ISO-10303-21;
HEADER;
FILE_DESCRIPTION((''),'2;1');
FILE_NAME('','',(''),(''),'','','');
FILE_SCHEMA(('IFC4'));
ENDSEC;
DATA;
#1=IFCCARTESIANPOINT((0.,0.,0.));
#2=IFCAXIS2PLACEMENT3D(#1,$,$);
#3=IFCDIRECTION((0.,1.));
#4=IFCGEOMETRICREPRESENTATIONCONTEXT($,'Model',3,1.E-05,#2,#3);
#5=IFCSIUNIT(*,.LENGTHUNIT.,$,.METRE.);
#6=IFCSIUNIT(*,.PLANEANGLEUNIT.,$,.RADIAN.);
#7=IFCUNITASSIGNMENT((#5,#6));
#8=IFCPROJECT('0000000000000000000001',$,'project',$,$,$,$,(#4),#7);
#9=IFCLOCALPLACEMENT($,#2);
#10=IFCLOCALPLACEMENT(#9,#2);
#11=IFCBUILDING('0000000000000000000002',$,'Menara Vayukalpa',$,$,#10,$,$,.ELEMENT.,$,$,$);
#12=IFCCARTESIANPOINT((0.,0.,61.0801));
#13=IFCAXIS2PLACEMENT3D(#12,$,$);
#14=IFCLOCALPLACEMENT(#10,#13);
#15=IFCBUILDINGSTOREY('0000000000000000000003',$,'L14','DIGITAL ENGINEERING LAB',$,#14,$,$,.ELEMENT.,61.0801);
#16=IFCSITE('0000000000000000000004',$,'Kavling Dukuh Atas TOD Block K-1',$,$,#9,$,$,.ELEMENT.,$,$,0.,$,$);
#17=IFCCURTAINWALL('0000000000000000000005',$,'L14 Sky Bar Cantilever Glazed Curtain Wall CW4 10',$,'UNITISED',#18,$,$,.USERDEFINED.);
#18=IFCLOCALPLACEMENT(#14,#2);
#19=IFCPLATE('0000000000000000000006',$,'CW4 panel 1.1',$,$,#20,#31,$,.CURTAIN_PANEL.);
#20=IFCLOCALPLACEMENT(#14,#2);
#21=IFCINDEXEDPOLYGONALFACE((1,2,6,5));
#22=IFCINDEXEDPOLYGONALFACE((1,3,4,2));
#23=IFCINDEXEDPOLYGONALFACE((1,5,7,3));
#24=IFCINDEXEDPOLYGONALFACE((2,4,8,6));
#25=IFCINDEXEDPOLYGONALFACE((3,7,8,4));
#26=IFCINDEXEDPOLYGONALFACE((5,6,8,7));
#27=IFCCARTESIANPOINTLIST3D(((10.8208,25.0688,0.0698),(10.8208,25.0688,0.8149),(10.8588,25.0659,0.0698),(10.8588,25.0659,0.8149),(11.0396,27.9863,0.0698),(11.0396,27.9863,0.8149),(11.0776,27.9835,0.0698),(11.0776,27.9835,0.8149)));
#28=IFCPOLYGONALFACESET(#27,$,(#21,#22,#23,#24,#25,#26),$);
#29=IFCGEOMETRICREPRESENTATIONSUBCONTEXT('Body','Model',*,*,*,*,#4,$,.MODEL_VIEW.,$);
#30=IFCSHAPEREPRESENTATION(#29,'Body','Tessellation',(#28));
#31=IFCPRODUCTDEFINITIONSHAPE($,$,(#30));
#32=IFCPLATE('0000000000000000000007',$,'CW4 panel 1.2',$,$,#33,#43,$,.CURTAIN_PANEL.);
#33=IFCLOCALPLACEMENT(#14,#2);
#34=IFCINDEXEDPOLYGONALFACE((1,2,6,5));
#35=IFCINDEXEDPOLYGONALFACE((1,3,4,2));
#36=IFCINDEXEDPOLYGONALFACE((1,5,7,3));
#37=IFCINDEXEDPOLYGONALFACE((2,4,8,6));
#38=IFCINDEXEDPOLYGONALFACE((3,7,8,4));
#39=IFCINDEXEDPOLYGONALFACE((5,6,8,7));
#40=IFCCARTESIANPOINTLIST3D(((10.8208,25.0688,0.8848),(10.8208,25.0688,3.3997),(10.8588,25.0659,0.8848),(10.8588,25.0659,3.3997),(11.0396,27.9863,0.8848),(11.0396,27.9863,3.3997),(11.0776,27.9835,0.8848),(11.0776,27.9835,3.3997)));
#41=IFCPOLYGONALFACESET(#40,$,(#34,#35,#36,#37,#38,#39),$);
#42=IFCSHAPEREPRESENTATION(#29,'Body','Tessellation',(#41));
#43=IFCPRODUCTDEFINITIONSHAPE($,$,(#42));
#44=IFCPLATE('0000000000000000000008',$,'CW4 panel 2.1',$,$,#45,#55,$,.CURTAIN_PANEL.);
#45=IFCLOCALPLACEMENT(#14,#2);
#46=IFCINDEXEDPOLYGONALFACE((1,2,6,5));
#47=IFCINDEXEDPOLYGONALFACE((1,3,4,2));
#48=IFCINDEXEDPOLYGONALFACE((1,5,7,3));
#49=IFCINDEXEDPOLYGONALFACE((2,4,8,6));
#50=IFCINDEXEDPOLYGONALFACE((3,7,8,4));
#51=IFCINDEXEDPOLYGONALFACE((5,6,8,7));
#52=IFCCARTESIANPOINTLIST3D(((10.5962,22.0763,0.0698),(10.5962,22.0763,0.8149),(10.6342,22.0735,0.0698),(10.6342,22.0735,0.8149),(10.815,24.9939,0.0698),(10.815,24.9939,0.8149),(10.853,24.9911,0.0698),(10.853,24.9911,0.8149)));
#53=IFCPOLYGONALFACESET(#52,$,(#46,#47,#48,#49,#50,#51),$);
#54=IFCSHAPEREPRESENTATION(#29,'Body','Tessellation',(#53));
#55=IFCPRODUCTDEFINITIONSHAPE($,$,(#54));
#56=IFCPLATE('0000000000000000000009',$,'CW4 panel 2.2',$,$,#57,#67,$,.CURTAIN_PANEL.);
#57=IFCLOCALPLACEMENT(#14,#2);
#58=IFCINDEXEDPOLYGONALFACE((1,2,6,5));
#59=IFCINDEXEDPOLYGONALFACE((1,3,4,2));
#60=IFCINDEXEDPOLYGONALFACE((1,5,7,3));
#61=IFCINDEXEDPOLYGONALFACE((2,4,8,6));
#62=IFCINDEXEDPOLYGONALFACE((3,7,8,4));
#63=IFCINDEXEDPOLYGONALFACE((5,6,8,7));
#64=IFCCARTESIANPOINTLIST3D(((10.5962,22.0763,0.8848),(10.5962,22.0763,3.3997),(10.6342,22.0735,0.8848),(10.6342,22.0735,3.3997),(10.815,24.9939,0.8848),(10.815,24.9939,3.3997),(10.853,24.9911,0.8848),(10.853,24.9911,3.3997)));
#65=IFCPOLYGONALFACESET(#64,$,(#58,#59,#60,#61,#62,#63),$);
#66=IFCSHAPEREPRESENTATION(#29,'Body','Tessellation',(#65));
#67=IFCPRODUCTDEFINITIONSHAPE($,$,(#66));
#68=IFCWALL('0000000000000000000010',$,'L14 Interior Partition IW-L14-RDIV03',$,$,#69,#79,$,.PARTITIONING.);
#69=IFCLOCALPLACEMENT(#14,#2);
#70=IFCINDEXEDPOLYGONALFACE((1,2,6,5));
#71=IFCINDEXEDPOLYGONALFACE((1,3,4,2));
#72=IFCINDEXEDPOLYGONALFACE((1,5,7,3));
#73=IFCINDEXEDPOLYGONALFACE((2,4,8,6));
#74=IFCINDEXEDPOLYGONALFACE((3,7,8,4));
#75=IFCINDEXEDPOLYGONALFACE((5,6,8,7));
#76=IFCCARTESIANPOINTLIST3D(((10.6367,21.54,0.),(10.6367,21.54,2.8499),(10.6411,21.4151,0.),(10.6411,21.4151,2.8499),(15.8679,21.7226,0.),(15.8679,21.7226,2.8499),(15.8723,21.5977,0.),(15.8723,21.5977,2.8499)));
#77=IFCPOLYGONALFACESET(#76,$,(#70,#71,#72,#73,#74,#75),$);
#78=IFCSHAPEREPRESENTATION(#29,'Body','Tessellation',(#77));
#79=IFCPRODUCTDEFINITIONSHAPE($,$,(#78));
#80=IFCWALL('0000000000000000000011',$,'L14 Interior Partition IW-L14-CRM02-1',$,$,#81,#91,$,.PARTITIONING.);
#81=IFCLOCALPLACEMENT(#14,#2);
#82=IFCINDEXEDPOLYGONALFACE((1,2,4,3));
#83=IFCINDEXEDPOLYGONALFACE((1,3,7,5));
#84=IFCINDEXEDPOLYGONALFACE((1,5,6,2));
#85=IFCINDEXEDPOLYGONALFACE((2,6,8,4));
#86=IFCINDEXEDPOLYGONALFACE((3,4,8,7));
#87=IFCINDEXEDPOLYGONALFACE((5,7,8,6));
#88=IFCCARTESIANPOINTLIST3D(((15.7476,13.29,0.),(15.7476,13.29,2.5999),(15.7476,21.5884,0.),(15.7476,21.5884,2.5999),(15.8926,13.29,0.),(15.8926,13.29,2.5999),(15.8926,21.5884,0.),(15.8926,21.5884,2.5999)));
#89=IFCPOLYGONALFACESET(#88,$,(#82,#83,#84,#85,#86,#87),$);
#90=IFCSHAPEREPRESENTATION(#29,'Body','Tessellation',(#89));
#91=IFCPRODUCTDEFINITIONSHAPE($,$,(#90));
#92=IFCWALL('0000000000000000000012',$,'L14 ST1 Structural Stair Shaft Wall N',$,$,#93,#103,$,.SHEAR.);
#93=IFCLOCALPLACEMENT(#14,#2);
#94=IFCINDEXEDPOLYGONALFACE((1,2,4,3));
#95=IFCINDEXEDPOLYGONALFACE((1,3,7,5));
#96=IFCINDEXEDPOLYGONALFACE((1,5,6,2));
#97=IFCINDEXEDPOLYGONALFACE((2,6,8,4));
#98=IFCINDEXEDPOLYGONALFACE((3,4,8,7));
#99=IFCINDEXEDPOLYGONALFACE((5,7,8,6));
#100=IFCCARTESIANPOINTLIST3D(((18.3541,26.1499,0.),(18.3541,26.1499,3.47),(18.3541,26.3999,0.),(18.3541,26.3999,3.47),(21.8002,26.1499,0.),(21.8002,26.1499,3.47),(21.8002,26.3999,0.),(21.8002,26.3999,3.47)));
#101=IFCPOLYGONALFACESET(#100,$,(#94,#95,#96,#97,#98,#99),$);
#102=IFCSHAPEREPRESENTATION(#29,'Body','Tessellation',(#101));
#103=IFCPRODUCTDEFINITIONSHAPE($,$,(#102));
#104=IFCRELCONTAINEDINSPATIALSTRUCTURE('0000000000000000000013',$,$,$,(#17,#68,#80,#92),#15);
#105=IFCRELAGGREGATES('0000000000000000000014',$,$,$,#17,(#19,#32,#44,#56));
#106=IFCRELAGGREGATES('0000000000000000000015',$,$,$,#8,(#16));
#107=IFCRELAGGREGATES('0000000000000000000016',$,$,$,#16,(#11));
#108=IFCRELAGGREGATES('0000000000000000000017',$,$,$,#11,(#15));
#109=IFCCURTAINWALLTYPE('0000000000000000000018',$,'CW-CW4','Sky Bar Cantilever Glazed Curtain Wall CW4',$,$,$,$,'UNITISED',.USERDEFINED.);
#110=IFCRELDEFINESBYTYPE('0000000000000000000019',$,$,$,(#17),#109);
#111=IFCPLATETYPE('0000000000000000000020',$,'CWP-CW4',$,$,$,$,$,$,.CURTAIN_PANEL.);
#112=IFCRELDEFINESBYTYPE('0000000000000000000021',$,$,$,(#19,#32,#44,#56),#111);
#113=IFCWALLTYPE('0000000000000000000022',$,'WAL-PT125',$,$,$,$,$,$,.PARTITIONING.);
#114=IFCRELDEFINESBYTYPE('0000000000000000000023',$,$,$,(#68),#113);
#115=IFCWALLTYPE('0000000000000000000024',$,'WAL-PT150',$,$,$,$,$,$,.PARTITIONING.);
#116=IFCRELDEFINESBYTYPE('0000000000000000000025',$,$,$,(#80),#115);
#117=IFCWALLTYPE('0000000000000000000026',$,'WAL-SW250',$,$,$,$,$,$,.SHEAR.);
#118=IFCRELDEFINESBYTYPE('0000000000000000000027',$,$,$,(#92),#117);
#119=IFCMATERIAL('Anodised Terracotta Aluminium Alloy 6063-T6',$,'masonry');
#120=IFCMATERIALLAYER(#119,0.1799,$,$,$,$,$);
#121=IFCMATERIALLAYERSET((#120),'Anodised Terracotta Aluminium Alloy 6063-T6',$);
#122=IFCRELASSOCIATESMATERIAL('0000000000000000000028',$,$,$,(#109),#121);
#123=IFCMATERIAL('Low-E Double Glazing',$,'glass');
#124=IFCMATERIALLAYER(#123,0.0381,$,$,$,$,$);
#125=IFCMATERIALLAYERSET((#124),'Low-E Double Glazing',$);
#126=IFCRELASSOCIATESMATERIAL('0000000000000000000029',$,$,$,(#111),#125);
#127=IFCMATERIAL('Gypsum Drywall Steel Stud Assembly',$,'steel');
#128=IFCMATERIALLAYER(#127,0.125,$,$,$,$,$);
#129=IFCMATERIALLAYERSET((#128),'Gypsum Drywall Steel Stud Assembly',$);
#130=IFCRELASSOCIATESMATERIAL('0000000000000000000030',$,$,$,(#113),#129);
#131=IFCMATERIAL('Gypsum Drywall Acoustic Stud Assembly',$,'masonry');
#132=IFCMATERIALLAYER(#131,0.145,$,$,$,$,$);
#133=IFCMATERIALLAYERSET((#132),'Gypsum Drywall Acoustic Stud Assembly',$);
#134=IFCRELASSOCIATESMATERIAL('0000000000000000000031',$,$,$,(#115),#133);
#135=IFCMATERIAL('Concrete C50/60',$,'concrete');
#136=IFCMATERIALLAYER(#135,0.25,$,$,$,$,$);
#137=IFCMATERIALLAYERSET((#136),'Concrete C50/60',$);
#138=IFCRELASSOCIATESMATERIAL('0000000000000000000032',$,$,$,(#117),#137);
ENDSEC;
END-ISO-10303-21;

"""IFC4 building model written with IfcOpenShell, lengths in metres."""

from ifc_helpers import new_model, si_unit, direction, frame, frame_2d, origin, origin_2d, place, context, subcontext, project, spatial, rectangle, extrude, material, layer, layer_set, type_object, element, aggregate, save


model = new_model("IFC4")

# Units and contexts
model_context = context("Model", 3, precision=1e-05, world=origin(), true_north=direction((0.0, 1.0)))
body_context = subcontext(model_context, "Body", "Model", "MODEL_VIEW")
ifc_project = project(units=[si_unit("LENGTHUNIT", "METRE"), si_unit("PLANEANGLEUNIT", "RADIAN")], contexts=[model_context])

# Site, building, storey
site_placement = place(None, origin())
site = spatial("IfcSite", under=ifc_project, at=site_placement, Name="Kavling Dukuh Atas TOD Block K-1", CompositionType="ELEMENT", RefElevation=0.0)
building_placement = place(site_placement, origin())
building = spatial("IfcBuilding", under=site, at=building_placement, Name="Menara Vayukalpa", CompositionType="ELEMENT")
storey_placement = place(building_placement, frame((0.0, 0.0, 61.0801)))
storey = spatial("IfcBuildingStorey", under=building, at=storey_placement, Name="L14", Description="DIGITAL ENGINEERING LAB", CompositionType="ELEMENT", Elevation=61.0801)

# Curtain wall
ifc_material_1 = material(Name="Anodised Terracotta Aluminium Alloy 6063-T6", Category="masonry")
ifc_layer_1 = layer(ifc_material_1, 0.1799)
ifc_layer_set_1 = layer_set([ifc_layer_1], Name="Anodised Terracotta Aluminium Alloy 6063-T6")
curtain_wall_type = type_object("IfcCurtainWallType", Name="CW-CW4", Description="Sky Bar Cantilever Glazed Curtain Wall CW4", ElementType="UNITISED", PredefinedType="USERDEFINED", material=ifc_layer_set_1)
curtain_wall_1_placement = place(storey_placement, origin())
curtain_wall_1 = element("IfcCurtainWall", 1, at=curtain_wall_1_placement, inside=storey, type_object=curtain_wall_type, Name="L14 Sky Bar Cantilever Glazed Curtain Wall CW4 10", ObjectType="UNITISED", PredefinedType="USERDEFINED")

# Plates
ifc_material_2 = material(Name="Low-E Double Glazing", Category="glass")
ifc_layer_2 = layer(ifc_material_2, 0.0381)
ifc_layer_set_2 = layer_set([ifc_layer_2], Name="Low-E Double Glazing")
plate_type = type_object("IfcPlateType", Name="CWP-CW4", PredefinedType="CURTAIN_PANEL", material=ifc_layer_set_2)
plate_1_placement = place(storey_placement, frame((10.9492, 26.5261, 0.0698), z_axis=(0.0, 0.0, 1.0), x_axis=(-0.074795, -0.997199, 0.0)))
plate_1 = element("IfcPlate", 2, at=plate_1_placement, type_object=plate_type, Name="CW4 panel 1.1", PredefinedType="CURTAIN_PANEL", context=body_context, shape_type="SweptSolid", body=[
    extrude(rectangle(XDim=2.9258, YDim=0.0381, at=origin_2d()), origin(), (0.0, 0.0, 1.0), 0.7451),
])
plate_2_placement = place(storey_placement, frame((10.9492, 26.5261, 0.8848), z_axis=(0.0, 0.0, 1.0), x_axis=(-0.074795, -0.997199, 0.0)))
plate_2 = element("IfcPlate", 3, at=plate_2_placement, type_object=plate_type, Name="CW4 panel 1.2", PredefinedType="CURTAIN_PANEL", context=body_context, shape_type="SweptSolid", body=[
    extrude(rectangle(XDim=2.9258, YDim=0.0381, at=origin_2d()), origin(), (0.0, 0.0, 1.0), 2.5149),
])
plate_3_placement = place(storey_placement, frame((10.7246, 23.5337, 0.0698), z_axis=(0.0, 0.0, 1.0), x_axis=(-0.074795, -0.997199, 0.0)))
plate_3 = element("IfcPlate", 4, at=plate_3_placement, type_object=plate_type, Name="CW4 panel 2.1", PredefinedType="CURTAIN_PANEL", context=body_context, shape_type="SweptSolid", body=[
    extrude(rectangle(XDim=2.9258, YDim=0.0381, at=origin_2d()), origin(), (0.0, 0.0, 1.0), 0.7451),
])
plate_4_placement = place(storey_placement, frame((10.7246, 23.5337, 0.8848), z_axis=(0.0, 0.0, 1.0), x_axis=(-0.074795, -0.997199, 0.0)))
plate_4 = element("IfcPlate", 5, at=plate_4_placement, type_object=plate_type, Name="CW4 panel 2.2", PredefinedType="CURTAIN_PANEL", context=body_context, shape_type="SweptSolid", body=[
    extrude(rectangle(XDim=2.9258, YDim=0.0381, at=origin_2d()), origin(), (0.0, 0.0, 1.0), 2.5149),
])
aggregate(curtain_wall_1, [plate_1, plate_2, plate_3, plate_4])

# Walls
ifc_material_3 = material(Name="Gypsum Drywall Steel Stud Assembly", Category="steel")
ifc_layer_3 = layer(ifc_material_3, 0.125)
ifc_layer_set_3 = layer_set([ifc_layer_3], Name="Gypsum Drywall Steel Stud Assembly")
wall_type_1 = type_object("IfcWallType", Name="WAL-PT125", PredefinedType="PARTITIONING", material=ifc_layer_set_3)
wall_1_placement = place(storey_placement, frame((15.8701, 21.6602, 0.0), z_axis=(0.0, 0.0, 1.0), x_axis=(-0.999391, -0.034888, 0.0)))
element("IfcWall", 6, at=wall_1_placement, inside=storey, type_object=wall_type_1, Name="L14 Interior Partition IW-L14-RDIV03", PredefinedType="PARTITIONING", context=body_context, shape_type="SweptSolid", body=[
    extrude(rectangle(XDim=5.2344, YDim=0.125, at=frame_2d((2.6172, 0.0))), origin(), (0.0, 0.0, 1.0), 2.8499),
])
ifc_material_4 = material(Name="Gypsum Drywall Acoustic Stud Assembly", Category="masonry")
ifc_layer_4 = layer(ifc_material_4, 0.145)
ifc_layer_set_4 = layer_set([ifc_layer_4], Name="Gypsum Drywall Acoustic Stud Assembly")
wall_type_2 = type_object("IfcWallType", Name="WAL-PT150", PredefinedType="PARTITIONING", material=ifc_layer_set_4)
wall_2_placement = place(storey_placement, frame((15.8201, 21.5884, 0.0), z_axis=(0.0, 0.0, 1.0), x_axis=(0.0, -1.0, 0.0)))
element("IfcWall", 7, at=wall_2_placement, inside=storey, type_object=wall_type_2, Name="L14 Interior Partition IW-L14-CRM02-1", PredefinedType="PARTITIONING", context=body_context, shape_type="SweptSolid", body=[
    extrude(rectangle(XDim=8.2983, YDim=0.145, at=frame_2d((4.1492, 0.0))), origin(), (0.0, 0.0, 1.0), 2.5999),
])
ifc_material_5 = material(Name="Concrete C50/60", Category="concrete")
ifc_layer_5 = layer(ifc_material_5, 0.25)
ifc_layer_set_5 = layer_set([ifc_layer_5], Name="Concrete C50/60")
wall_type_3 = type_object("IfcWallType", Name="WAL-SW250", PredefinedType="SHEAR", material=ifc_layer_set_5)
wall_3_placement = place(storey_placement, frame((18.354, 26.2749, 0.0), z_axis=(0.0, 0.0, 1.0), x_axis=(1.0, 0.0, 0.0)))
element("IfcWall", 8, at=wall_3_placement, inside=storey, type_object=wall_type_3, Name="L14 ST1 Structural Stair Shaft Wall N", PredefinedType="SHEAR", context=body_context, shape_type="SweptSolid", body=[
    extrude(rectangle(XDim=3.446, YDim=0.25, at=frame_2d((1.7231, 0.0))), origin(), (0.0, 0.0, 1.0), 3.47),
])

save(model, "model.ifc")
